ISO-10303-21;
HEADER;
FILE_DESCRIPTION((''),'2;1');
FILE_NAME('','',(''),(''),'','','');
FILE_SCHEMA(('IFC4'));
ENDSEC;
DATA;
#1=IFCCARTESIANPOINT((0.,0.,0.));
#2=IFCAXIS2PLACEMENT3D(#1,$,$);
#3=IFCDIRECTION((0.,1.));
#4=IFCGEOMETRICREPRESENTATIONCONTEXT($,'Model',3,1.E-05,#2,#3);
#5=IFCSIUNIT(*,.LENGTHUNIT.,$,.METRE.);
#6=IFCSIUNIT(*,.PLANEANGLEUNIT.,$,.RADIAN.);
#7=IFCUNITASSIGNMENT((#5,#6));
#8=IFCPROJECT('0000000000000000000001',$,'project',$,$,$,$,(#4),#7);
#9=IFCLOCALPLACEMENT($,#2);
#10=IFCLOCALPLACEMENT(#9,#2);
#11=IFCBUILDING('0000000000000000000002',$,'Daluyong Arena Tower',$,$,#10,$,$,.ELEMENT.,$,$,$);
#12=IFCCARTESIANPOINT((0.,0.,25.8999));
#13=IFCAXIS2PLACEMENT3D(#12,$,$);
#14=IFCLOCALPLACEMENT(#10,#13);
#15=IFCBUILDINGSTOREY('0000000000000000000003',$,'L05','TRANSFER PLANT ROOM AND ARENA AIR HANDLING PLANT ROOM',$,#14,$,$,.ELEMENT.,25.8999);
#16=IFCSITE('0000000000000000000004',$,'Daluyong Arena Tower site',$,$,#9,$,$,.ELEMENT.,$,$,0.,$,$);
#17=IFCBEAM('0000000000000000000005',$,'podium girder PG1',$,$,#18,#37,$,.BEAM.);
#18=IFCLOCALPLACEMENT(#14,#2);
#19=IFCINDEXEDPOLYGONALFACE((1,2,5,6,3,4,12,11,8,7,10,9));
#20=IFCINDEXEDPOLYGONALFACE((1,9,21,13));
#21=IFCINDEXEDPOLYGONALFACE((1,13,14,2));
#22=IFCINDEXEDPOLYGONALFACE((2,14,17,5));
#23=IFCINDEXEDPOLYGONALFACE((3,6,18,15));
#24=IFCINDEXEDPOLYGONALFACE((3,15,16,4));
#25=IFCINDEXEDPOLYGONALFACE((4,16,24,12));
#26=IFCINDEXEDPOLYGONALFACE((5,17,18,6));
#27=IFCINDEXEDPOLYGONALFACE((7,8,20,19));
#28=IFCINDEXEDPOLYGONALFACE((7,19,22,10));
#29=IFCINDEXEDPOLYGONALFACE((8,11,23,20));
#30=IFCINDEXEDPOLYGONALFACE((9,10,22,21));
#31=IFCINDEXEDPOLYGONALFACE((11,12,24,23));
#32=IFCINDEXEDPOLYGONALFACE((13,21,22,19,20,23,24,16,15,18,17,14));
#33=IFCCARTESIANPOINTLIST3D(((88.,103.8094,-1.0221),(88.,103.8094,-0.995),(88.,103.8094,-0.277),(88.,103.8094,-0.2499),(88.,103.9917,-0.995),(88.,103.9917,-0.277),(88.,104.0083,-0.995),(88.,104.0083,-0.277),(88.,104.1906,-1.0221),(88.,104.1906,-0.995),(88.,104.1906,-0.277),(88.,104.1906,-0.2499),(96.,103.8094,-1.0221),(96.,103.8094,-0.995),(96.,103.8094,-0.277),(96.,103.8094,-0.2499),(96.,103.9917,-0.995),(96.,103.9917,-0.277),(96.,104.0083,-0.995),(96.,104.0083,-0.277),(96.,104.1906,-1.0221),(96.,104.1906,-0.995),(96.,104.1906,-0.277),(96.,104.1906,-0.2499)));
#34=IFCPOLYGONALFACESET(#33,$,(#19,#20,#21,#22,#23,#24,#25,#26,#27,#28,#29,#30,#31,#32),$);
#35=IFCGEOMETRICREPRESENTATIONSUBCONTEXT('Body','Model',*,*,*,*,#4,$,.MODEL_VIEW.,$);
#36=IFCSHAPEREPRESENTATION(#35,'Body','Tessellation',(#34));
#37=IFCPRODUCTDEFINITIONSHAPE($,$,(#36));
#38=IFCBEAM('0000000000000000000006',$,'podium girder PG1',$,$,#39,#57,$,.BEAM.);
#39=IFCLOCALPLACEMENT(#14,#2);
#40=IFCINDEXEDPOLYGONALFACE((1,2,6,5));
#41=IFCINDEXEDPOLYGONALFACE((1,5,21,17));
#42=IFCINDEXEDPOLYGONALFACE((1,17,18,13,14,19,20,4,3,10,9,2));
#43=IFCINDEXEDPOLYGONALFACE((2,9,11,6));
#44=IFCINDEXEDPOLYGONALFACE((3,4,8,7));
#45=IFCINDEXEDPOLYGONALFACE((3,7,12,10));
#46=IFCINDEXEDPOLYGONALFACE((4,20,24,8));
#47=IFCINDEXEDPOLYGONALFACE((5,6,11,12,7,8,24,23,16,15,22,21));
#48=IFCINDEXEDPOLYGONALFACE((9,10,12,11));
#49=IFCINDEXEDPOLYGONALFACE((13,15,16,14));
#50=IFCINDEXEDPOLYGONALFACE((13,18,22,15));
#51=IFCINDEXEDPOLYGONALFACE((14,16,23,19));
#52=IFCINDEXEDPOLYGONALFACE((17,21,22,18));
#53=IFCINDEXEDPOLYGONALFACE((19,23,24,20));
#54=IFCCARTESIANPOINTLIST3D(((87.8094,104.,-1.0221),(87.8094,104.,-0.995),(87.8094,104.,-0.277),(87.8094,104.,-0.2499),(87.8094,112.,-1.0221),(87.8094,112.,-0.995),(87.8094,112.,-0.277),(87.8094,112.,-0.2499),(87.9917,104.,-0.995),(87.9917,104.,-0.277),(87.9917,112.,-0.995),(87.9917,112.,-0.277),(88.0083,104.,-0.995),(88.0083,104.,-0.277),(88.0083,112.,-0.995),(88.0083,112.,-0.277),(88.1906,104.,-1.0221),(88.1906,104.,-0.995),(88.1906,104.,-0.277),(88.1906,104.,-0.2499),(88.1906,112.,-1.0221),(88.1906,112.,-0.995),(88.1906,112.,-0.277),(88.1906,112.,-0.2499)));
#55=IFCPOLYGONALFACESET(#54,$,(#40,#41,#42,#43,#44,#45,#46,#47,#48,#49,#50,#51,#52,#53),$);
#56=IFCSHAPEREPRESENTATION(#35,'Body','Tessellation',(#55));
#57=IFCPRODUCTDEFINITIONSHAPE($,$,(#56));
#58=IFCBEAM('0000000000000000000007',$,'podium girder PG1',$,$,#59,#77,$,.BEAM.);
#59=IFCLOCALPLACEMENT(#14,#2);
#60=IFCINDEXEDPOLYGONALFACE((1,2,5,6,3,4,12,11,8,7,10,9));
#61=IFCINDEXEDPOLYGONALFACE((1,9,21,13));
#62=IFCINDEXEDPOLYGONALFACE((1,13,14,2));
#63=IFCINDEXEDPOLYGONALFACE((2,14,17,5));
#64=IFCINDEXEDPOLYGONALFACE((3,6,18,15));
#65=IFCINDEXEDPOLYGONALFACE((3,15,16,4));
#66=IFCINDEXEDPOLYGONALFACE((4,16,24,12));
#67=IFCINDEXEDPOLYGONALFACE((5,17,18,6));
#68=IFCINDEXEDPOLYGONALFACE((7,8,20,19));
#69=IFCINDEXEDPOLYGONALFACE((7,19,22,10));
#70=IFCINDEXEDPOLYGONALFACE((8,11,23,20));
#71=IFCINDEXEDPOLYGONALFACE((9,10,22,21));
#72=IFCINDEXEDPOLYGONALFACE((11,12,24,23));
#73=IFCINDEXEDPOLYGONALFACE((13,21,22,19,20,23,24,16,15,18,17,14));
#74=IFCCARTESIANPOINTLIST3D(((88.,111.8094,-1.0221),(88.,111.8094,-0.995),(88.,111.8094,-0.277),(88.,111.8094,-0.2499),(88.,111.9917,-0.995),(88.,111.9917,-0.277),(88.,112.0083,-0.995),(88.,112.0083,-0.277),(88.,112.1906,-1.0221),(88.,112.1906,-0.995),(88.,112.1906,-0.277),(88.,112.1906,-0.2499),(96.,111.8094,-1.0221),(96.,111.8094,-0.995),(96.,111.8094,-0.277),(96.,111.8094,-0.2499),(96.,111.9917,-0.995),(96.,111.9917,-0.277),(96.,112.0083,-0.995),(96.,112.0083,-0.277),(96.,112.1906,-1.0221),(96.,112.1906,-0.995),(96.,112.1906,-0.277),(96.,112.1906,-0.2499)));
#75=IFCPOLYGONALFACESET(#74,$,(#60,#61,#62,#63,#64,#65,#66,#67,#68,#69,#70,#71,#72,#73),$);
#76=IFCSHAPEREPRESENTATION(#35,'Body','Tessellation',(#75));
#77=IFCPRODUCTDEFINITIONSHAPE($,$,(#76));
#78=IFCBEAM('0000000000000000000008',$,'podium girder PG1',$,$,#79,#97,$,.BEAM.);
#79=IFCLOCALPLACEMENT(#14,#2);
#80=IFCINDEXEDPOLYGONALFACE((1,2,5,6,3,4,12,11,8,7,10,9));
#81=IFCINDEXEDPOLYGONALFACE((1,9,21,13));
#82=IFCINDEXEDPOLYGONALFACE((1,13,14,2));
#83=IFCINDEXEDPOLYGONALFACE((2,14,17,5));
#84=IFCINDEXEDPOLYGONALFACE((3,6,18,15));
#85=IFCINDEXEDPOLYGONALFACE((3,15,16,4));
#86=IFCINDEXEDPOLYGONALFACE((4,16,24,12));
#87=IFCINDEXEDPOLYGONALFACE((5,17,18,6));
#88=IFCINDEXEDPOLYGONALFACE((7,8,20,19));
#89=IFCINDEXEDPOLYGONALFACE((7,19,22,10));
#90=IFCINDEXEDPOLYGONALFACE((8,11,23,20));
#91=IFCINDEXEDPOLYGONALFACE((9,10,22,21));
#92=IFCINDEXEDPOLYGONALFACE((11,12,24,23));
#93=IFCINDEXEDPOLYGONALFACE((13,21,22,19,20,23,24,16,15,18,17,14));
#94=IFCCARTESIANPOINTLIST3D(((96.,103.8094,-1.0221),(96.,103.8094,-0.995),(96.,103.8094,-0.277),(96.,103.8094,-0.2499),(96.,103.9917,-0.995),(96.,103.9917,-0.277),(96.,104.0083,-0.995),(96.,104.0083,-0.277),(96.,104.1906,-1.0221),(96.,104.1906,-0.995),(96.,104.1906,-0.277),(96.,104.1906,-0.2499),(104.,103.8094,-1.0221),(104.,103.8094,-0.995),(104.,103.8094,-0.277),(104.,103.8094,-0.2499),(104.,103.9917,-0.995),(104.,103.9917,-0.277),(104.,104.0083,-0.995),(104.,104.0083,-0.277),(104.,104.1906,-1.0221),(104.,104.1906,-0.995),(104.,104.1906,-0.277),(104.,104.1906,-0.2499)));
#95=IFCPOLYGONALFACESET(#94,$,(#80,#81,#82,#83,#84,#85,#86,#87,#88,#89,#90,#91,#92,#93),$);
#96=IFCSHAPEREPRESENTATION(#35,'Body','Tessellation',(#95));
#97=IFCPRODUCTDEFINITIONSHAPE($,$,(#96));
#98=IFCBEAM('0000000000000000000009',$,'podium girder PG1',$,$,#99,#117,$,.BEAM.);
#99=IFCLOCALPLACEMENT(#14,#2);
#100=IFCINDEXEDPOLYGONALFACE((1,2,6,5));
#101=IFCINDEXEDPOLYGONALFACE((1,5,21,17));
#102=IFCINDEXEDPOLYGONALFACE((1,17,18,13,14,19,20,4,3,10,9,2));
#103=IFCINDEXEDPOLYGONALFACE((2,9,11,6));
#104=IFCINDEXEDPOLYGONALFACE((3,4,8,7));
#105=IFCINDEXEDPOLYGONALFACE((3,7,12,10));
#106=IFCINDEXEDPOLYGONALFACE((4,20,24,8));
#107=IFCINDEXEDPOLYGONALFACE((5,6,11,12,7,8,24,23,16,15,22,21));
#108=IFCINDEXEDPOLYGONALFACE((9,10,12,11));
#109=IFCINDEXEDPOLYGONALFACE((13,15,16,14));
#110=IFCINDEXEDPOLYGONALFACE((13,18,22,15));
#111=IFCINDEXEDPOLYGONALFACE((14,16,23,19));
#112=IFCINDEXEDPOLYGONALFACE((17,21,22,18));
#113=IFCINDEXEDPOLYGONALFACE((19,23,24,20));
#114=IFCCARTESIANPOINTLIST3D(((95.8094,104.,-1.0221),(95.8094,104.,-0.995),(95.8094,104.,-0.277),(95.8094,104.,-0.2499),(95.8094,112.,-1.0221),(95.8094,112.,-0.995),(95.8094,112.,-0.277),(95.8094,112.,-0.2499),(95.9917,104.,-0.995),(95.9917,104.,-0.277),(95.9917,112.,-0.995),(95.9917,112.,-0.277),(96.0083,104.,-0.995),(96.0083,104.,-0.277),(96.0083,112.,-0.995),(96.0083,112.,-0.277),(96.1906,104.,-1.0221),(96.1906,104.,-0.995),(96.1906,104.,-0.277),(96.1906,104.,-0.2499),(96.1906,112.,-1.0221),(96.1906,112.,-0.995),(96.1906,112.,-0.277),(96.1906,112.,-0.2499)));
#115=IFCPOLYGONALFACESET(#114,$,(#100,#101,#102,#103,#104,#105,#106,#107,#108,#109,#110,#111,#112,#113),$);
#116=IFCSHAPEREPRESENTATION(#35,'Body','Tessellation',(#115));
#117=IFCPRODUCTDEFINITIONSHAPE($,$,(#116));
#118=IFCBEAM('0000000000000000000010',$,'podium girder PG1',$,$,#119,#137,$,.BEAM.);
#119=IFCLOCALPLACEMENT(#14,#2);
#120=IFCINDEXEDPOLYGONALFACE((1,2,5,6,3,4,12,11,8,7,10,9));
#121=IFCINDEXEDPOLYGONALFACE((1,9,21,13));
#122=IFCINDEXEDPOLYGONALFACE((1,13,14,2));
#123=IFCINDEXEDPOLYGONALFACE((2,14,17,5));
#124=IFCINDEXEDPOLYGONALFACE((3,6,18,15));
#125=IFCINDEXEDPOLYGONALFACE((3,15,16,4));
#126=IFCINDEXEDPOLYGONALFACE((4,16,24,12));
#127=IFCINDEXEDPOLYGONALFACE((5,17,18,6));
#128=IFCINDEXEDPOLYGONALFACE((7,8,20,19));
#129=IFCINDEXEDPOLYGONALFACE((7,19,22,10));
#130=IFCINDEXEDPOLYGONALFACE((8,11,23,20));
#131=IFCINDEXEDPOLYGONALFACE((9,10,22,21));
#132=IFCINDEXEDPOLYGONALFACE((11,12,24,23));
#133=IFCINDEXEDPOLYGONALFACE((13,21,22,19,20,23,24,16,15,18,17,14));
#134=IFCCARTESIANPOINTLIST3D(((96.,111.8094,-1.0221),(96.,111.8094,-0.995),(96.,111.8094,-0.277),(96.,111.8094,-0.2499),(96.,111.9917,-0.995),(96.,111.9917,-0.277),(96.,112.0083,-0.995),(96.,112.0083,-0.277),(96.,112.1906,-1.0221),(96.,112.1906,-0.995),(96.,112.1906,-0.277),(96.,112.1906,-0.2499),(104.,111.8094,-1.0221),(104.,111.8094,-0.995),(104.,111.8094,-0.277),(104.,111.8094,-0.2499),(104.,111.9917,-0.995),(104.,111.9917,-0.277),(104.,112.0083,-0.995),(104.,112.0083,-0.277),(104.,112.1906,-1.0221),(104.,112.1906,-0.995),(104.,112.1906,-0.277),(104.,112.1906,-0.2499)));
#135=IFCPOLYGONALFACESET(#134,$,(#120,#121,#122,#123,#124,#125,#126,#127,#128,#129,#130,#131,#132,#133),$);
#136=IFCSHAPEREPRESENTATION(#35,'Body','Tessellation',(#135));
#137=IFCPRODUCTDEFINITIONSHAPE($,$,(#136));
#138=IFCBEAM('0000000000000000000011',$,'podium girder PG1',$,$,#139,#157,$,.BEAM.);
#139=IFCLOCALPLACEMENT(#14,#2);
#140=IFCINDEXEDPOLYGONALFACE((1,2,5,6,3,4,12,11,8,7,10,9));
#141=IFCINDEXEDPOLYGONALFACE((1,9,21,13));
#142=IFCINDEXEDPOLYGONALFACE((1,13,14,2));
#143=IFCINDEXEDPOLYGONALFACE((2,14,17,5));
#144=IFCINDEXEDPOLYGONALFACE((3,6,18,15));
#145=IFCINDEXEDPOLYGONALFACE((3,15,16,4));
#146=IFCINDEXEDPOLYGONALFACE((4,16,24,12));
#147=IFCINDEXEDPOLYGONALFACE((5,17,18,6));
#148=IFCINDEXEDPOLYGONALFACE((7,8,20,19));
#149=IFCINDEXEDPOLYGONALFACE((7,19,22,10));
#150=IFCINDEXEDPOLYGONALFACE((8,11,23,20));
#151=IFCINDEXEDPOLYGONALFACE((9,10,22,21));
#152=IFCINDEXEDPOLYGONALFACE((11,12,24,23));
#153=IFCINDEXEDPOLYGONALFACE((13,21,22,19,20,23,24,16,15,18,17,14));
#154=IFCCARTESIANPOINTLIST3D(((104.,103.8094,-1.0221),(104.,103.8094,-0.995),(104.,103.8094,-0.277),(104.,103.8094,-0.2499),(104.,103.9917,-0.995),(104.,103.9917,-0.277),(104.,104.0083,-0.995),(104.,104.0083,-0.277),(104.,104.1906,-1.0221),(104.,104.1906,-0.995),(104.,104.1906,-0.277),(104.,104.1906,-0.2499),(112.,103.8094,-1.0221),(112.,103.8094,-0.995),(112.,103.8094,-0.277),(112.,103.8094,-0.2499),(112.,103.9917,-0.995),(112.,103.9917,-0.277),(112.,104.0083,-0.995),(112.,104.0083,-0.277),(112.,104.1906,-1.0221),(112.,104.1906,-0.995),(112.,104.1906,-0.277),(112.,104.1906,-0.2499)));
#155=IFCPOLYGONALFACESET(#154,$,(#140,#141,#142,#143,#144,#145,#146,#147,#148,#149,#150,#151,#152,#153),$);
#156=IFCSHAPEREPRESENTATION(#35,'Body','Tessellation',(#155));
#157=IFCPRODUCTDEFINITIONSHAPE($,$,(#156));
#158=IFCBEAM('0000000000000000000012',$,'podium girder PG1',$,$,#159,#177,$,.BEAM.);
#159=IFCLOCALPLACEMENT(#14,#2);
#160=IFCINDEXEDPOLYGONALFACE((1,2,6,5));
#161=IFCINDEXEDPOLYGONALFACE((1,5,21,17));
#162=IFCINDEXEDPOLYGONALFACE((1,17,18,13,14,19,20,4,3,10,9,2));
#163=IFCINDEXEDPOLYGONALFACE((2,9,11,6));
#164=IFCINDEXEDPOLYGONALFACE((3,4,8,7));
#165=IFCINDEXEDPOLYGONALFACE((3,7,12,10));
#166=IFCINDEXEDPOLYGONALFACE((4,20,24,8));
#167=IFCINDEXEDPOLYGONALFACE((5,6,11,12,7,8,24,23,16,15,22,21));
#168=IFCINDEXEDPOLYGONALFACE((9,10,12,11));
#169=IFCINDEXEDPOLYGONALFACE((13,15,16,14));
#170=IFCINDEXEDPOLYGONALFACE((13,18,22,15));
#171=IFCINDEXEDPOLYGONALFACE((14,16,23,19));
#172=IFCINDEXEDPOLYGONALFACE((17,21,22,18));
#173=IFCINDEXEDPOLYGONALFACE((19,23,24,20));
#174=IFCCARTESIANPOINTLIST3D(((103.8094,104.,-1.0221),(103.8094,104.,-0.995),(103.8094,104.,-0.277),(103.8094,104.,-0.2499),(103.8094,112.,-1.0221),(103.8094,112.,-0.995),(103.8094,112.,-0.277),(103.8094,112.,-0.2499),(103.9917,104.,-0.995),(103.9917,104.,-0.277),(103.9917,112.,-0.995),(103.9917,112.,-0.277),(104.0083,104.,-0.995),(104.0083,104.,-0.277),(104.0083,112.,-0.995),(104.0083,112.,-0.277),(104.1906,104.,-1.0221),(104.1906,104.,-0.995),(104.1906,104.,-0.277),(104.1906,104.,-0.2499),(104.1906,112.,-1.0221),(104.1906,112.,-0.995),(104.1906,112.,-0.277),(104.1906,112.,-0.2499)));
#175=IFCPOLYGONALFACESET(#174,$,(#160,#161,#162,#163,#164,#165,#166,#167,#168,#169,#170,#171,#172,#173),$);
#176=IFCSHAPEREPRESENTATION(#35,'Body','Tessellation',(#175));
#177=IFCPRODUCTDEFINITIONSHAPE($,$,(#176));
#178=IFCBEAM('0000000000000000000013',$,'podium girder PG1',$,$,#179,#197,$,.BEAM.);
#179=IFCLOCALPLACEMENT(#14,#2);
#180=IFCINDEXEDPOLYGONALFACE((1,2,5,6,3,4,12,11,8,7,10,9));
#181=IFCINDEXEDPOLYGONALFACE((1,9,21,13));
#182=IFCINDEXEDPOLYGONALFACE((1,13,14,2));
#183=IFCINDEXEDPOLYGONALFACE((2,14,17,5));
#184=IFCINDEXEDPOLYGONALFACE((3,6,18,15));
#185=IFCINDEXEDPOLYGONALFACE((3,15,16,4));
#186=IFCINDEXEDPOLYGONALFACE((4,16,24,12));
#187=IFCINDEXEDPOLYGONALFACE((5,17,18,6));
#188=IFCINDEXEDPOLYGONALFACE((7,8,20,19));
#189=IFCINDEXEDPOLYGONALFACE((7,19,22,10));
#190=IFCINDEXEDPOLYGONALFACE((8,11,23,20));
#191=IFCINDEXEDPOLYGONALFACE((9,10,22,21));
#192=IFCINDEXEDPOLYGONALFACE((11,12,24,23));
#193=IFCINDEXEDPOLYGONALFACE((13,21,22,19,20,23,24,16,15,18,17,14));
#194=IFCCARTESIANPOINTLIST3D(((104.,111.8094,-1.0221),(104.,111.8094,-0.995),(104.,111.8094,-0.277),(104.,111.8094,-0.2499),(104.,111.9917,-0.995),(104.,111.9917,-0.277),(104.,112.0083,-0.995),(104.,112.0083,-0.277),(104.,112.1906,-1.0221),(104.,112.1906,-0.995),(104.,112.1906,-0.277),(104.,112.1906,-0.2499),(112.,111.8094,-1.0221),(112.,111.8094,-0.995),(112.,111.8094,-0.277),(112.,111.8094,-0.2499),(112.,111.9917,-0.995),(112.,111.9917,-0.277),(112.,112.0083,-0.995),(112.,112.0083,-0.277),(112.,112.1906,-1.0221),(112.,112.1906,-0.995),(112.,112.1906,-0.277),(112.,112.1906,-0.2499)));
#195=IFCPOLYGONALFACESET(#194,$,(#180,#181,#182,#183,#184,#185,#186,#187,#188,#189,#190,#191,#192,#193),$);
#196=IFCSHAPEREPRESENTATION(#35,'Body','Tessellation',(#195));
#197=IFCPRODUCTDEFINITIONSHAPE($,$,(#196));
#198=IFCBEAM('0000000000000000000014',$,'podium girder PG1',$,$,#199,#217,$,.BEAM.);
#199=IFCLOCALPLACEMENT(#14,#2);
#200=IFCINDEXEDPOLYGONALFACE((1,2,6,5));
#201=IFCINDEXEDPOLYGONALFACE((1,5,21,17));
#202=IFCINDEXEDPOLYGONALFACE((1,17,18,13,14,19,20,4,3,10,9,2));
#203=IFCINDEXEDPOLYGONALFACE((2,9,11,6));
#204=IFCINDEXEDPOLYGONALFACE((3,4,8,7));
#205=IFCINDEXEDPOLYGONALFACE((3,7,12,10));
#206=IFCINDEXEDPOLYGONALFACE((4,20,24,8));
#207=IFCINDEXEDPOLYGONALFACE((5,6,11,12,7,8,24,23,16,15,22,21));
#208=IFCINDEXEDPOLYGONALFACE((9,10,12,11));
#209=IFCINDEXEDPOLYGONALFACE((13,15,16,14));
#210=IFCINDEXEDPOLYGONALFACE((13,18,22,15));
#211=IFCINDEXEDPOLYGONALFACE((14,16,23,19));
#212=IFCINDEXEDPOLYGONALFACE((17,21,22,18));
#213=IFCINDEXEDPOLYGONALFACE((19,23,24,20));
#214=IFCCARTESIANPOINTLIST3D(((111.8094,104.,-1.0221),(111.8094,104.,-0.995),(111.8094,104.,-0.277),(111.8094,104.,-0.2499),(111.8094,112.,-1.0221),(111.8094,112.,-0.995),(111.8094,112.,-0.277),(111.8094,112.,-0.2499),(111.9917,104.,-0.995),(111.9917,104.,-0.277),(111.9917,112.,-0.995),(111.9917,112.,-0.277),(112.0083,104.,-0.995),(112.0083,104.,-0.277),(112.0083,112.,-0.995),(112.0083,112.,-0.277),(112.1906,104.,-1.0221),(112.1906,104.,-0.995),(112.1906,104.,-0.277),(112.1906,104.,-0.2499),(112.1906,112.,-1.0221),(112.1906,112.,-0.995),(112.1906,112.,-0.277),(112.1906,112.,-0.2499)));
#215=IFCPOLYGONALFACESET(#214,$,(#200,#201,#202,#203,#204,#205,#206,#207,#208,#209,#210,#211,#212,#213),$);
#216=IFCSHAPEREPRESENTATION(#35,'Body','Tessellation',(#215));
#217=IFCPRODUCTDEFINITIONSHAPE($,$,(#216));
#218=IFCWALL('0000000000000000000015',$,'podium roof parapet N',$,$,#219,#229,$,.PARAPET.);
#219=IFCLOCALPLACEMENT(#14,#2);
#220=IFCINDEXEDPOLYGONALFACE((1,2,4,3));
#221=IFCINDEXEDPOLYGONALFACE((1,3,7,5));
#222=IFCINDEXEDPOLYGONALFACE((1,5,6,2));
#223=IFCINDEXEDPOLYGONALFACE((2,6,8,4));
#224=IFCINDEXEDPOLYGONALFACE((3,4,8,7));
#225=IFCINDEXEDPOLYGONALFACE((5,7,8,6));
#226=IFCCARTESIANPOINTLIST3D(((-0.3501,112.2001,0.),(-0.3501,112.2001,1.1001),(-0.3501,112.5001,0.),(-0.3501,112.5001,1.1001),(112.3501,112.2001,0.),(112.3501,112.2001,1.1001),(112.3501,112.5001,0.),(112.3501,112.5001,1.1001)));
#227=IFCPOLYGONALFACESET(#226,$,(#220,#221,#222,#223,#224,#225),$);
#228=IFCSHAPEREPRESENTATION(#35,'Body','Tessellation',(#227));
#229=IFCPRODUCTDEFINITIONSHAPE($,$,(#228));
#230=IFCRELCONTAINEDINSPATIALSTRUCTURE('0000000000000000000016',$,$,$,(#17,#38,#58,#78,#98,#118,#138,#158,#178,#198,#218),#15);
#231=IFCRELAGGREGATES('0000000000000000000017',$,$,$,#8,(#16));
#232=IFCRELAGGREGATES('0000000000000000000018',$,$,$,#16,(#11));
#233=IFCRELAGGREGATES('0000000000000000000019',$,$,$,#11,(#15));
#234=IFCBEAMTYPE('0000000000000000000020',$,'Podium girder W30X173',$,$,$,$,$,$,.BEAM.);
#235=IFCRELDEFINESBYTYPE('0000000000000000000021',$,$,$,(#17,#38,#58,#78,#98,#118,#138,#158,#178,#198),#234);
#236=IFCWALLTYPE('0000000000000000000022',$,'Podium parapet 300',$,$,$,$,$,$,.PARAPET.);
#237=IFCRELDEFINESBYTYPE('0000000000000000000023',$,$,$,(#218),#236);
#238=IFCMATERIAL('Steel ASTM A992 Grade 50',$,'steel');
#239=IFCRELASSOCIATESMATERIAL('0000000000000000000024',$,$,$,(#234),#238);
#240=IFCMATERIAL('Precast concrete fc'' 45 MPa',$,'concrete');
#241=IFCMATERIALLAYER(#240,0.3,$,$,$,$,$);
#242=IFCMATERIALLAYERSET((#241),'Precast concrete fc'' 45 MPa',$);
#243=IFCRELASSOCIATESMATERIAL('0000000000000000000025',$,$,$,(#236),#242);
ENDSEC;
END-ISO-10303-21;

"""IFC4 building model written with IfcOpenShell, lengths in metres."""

from ifc_helpers import new_model, si_unit, direction, frame, frame_2d, origin, origin_2d, place, context, subcontext, project, spatial, rectangle, i_section, extrude, material, layer, layer_set, material_profile, profile_set, type_object, element, save


model = new_model("IFC4")

# Units and contexts
model_context = context("Model", 3, precision=1e-05, world=origin(), true_north=direction((0.0, 1.0)))
body_context = subcontext(model_context, "Body", "Model", "MODEL_VIEW")
ifc_project = project(units=[si_unit("LENGTHUNIT", "METRE"), si_unit("PLANEANGLEUNIT", "RADIAN")], contexts=[model_context])

# Site, building, storey
site_placement = place(None, origin())
site = spatial("IfcSite", under=ifc_project, at=site_placement, Name="Daluyong Arena Tower site", CompositionType="ELEMENT", RefElevation=0.0)
building_placement = place(site_placement, origin())
building = spatial("IfcBuilding", under=site, at=building_placement, Name="Daluyong Arena Tower", CompositionType="ELEMENT")
storey_placement = place(building_placement, frame((0.0, 0.0, 25.8999)))
storey = spatial("IfcBuildingStorey", under=building, at=storey_placement, Name="L05", Description="TRANSFER PLANT ROOM AND ARENA AIR HANDLING PLANT ROOM", CompositionType="ELEMENT", Elevation=25.8999)

# Beams
ifc_material_1 = material(Name="Steel ASTM A992 Grade 50", Category="steel")
ifc_material_profile_1 = material_profile(ifc_material_1, i_section(OverallWidth=0.3811, OverallDepth=0.7722, WebThickness=0.0166, FlangeThickness=0.0271, at=origin_2d()))
ifc_profile_set_1 = profile_set([ifc_material_profile_1], Name="Steel ASTM A992 Grade 50")
beam_type_1 = type_object("IfcBeamType", Name="Podium girder W30X173", PredefinedType="BEAM", material=ifc_profile_set_1)
for number, where, z_axis, x_axis, name in (
    (1, (88.0, 104.0, -0.636), (1.0, 0.0, 0.0), (0.0, 1.0, 0.0), "podium girder PG1"),
    (2, (88.0, 104.0, -0.636), (0.0, 1.0, 0.0), (-1.0, 0.0, 0.0), "podium girder PG1"),
    (3, (88.0, 112.0, -0.636), (1.0, 0.0, 0.0), (0.0, 1.0, 0.0), "podium girder PG1"),
    (4, (96.0, 104.0, -0.636), (1.0, 0.0, 0.0), (0.0, 1.0, 0.0), "podium girder PG1"),
    (5, (96.0, 104.0, -0.636), (0.0, 1.0, 0.0), (-1.0, 0.0, 0.0), "podium girder PG1"),
    (6, (96.0, 112.0, -0.636), (1.0, 0.0, 0.0), (0.0, 1.0, 0.0), "podium girder PG1"),
    (7, (104.0, 104.0, -0.636), (1.0, 0.0, 0.0), (0.0, 1.0, 0.0), "podium girder PG1"),
    (8, (104.0, 104.0, -0.636), (0.0, 1.0, 0.0), (-1.0, 0.0, 0.0), "podium girder PG1"),
    (9, (104.0, 112.0, -0.636), (1.0, 0.0, 0.0), (0.0, 1.0, 0.0), "podium girder PG1"),
    (10, (112.0, 104.0, -0.636), (0.0, 1.0, 0.0), (-1.0, 0.0, 0.0), "podium girder PG1"),
):
    element("IfcBeam", number, at=place(storey_placement, frame(where, z_axis=z_axis, x_axis=x_axis)), inside=storey, type_object=beam_type_1, Name=name, PredefinedType="BEAM", context=body_context, shape_type="SweptSolid", body=[
        extrude(i_section(OverallWidth=0.3811, OverallDepth=0.7722, WebThickness=0.0166, FlangeThickness=0.0271, at=origin_2d()), origin(), (0.0, 0.0, 1.0), 8.0),
    ])

# Wall
ifc_material_2 = material(Name="Precast concrete fc' 45 MPa", Category="concrete")
ifc_layer = layer(ifc_material_2, 0.3)
ifc_layer_set = layer_set([ifc_layer], Name="Precast concrete fc' 45 MPa")
wall_type = type_object("IfcWallType", Name="Podium parapet 300", PredefinedType="PARAPET", material=ifc_layer_set)
wall_placement = place(storey_placement, frame((112.3501, 112.3501, 0.0), z_axis=(0.0, 0.0, 1.0), x_axis=(-1.0, 0.0, 0.0)))
element("IfcWall", 11, at=wall_placement, inside=storey, type_object=wall_type, Name="podium roof parapet N", PredefinedType="PARAPET", context=body_context, shape_type="SweptSolid", body=[
    extrude(rectangle(XDim=112.7002, YDim=0.3, at=frame_2d((56.3501, 0.0))), origin(), (0.0, 0.0, 1.0), 1.1001),
])

save(model, "model.ifc")
